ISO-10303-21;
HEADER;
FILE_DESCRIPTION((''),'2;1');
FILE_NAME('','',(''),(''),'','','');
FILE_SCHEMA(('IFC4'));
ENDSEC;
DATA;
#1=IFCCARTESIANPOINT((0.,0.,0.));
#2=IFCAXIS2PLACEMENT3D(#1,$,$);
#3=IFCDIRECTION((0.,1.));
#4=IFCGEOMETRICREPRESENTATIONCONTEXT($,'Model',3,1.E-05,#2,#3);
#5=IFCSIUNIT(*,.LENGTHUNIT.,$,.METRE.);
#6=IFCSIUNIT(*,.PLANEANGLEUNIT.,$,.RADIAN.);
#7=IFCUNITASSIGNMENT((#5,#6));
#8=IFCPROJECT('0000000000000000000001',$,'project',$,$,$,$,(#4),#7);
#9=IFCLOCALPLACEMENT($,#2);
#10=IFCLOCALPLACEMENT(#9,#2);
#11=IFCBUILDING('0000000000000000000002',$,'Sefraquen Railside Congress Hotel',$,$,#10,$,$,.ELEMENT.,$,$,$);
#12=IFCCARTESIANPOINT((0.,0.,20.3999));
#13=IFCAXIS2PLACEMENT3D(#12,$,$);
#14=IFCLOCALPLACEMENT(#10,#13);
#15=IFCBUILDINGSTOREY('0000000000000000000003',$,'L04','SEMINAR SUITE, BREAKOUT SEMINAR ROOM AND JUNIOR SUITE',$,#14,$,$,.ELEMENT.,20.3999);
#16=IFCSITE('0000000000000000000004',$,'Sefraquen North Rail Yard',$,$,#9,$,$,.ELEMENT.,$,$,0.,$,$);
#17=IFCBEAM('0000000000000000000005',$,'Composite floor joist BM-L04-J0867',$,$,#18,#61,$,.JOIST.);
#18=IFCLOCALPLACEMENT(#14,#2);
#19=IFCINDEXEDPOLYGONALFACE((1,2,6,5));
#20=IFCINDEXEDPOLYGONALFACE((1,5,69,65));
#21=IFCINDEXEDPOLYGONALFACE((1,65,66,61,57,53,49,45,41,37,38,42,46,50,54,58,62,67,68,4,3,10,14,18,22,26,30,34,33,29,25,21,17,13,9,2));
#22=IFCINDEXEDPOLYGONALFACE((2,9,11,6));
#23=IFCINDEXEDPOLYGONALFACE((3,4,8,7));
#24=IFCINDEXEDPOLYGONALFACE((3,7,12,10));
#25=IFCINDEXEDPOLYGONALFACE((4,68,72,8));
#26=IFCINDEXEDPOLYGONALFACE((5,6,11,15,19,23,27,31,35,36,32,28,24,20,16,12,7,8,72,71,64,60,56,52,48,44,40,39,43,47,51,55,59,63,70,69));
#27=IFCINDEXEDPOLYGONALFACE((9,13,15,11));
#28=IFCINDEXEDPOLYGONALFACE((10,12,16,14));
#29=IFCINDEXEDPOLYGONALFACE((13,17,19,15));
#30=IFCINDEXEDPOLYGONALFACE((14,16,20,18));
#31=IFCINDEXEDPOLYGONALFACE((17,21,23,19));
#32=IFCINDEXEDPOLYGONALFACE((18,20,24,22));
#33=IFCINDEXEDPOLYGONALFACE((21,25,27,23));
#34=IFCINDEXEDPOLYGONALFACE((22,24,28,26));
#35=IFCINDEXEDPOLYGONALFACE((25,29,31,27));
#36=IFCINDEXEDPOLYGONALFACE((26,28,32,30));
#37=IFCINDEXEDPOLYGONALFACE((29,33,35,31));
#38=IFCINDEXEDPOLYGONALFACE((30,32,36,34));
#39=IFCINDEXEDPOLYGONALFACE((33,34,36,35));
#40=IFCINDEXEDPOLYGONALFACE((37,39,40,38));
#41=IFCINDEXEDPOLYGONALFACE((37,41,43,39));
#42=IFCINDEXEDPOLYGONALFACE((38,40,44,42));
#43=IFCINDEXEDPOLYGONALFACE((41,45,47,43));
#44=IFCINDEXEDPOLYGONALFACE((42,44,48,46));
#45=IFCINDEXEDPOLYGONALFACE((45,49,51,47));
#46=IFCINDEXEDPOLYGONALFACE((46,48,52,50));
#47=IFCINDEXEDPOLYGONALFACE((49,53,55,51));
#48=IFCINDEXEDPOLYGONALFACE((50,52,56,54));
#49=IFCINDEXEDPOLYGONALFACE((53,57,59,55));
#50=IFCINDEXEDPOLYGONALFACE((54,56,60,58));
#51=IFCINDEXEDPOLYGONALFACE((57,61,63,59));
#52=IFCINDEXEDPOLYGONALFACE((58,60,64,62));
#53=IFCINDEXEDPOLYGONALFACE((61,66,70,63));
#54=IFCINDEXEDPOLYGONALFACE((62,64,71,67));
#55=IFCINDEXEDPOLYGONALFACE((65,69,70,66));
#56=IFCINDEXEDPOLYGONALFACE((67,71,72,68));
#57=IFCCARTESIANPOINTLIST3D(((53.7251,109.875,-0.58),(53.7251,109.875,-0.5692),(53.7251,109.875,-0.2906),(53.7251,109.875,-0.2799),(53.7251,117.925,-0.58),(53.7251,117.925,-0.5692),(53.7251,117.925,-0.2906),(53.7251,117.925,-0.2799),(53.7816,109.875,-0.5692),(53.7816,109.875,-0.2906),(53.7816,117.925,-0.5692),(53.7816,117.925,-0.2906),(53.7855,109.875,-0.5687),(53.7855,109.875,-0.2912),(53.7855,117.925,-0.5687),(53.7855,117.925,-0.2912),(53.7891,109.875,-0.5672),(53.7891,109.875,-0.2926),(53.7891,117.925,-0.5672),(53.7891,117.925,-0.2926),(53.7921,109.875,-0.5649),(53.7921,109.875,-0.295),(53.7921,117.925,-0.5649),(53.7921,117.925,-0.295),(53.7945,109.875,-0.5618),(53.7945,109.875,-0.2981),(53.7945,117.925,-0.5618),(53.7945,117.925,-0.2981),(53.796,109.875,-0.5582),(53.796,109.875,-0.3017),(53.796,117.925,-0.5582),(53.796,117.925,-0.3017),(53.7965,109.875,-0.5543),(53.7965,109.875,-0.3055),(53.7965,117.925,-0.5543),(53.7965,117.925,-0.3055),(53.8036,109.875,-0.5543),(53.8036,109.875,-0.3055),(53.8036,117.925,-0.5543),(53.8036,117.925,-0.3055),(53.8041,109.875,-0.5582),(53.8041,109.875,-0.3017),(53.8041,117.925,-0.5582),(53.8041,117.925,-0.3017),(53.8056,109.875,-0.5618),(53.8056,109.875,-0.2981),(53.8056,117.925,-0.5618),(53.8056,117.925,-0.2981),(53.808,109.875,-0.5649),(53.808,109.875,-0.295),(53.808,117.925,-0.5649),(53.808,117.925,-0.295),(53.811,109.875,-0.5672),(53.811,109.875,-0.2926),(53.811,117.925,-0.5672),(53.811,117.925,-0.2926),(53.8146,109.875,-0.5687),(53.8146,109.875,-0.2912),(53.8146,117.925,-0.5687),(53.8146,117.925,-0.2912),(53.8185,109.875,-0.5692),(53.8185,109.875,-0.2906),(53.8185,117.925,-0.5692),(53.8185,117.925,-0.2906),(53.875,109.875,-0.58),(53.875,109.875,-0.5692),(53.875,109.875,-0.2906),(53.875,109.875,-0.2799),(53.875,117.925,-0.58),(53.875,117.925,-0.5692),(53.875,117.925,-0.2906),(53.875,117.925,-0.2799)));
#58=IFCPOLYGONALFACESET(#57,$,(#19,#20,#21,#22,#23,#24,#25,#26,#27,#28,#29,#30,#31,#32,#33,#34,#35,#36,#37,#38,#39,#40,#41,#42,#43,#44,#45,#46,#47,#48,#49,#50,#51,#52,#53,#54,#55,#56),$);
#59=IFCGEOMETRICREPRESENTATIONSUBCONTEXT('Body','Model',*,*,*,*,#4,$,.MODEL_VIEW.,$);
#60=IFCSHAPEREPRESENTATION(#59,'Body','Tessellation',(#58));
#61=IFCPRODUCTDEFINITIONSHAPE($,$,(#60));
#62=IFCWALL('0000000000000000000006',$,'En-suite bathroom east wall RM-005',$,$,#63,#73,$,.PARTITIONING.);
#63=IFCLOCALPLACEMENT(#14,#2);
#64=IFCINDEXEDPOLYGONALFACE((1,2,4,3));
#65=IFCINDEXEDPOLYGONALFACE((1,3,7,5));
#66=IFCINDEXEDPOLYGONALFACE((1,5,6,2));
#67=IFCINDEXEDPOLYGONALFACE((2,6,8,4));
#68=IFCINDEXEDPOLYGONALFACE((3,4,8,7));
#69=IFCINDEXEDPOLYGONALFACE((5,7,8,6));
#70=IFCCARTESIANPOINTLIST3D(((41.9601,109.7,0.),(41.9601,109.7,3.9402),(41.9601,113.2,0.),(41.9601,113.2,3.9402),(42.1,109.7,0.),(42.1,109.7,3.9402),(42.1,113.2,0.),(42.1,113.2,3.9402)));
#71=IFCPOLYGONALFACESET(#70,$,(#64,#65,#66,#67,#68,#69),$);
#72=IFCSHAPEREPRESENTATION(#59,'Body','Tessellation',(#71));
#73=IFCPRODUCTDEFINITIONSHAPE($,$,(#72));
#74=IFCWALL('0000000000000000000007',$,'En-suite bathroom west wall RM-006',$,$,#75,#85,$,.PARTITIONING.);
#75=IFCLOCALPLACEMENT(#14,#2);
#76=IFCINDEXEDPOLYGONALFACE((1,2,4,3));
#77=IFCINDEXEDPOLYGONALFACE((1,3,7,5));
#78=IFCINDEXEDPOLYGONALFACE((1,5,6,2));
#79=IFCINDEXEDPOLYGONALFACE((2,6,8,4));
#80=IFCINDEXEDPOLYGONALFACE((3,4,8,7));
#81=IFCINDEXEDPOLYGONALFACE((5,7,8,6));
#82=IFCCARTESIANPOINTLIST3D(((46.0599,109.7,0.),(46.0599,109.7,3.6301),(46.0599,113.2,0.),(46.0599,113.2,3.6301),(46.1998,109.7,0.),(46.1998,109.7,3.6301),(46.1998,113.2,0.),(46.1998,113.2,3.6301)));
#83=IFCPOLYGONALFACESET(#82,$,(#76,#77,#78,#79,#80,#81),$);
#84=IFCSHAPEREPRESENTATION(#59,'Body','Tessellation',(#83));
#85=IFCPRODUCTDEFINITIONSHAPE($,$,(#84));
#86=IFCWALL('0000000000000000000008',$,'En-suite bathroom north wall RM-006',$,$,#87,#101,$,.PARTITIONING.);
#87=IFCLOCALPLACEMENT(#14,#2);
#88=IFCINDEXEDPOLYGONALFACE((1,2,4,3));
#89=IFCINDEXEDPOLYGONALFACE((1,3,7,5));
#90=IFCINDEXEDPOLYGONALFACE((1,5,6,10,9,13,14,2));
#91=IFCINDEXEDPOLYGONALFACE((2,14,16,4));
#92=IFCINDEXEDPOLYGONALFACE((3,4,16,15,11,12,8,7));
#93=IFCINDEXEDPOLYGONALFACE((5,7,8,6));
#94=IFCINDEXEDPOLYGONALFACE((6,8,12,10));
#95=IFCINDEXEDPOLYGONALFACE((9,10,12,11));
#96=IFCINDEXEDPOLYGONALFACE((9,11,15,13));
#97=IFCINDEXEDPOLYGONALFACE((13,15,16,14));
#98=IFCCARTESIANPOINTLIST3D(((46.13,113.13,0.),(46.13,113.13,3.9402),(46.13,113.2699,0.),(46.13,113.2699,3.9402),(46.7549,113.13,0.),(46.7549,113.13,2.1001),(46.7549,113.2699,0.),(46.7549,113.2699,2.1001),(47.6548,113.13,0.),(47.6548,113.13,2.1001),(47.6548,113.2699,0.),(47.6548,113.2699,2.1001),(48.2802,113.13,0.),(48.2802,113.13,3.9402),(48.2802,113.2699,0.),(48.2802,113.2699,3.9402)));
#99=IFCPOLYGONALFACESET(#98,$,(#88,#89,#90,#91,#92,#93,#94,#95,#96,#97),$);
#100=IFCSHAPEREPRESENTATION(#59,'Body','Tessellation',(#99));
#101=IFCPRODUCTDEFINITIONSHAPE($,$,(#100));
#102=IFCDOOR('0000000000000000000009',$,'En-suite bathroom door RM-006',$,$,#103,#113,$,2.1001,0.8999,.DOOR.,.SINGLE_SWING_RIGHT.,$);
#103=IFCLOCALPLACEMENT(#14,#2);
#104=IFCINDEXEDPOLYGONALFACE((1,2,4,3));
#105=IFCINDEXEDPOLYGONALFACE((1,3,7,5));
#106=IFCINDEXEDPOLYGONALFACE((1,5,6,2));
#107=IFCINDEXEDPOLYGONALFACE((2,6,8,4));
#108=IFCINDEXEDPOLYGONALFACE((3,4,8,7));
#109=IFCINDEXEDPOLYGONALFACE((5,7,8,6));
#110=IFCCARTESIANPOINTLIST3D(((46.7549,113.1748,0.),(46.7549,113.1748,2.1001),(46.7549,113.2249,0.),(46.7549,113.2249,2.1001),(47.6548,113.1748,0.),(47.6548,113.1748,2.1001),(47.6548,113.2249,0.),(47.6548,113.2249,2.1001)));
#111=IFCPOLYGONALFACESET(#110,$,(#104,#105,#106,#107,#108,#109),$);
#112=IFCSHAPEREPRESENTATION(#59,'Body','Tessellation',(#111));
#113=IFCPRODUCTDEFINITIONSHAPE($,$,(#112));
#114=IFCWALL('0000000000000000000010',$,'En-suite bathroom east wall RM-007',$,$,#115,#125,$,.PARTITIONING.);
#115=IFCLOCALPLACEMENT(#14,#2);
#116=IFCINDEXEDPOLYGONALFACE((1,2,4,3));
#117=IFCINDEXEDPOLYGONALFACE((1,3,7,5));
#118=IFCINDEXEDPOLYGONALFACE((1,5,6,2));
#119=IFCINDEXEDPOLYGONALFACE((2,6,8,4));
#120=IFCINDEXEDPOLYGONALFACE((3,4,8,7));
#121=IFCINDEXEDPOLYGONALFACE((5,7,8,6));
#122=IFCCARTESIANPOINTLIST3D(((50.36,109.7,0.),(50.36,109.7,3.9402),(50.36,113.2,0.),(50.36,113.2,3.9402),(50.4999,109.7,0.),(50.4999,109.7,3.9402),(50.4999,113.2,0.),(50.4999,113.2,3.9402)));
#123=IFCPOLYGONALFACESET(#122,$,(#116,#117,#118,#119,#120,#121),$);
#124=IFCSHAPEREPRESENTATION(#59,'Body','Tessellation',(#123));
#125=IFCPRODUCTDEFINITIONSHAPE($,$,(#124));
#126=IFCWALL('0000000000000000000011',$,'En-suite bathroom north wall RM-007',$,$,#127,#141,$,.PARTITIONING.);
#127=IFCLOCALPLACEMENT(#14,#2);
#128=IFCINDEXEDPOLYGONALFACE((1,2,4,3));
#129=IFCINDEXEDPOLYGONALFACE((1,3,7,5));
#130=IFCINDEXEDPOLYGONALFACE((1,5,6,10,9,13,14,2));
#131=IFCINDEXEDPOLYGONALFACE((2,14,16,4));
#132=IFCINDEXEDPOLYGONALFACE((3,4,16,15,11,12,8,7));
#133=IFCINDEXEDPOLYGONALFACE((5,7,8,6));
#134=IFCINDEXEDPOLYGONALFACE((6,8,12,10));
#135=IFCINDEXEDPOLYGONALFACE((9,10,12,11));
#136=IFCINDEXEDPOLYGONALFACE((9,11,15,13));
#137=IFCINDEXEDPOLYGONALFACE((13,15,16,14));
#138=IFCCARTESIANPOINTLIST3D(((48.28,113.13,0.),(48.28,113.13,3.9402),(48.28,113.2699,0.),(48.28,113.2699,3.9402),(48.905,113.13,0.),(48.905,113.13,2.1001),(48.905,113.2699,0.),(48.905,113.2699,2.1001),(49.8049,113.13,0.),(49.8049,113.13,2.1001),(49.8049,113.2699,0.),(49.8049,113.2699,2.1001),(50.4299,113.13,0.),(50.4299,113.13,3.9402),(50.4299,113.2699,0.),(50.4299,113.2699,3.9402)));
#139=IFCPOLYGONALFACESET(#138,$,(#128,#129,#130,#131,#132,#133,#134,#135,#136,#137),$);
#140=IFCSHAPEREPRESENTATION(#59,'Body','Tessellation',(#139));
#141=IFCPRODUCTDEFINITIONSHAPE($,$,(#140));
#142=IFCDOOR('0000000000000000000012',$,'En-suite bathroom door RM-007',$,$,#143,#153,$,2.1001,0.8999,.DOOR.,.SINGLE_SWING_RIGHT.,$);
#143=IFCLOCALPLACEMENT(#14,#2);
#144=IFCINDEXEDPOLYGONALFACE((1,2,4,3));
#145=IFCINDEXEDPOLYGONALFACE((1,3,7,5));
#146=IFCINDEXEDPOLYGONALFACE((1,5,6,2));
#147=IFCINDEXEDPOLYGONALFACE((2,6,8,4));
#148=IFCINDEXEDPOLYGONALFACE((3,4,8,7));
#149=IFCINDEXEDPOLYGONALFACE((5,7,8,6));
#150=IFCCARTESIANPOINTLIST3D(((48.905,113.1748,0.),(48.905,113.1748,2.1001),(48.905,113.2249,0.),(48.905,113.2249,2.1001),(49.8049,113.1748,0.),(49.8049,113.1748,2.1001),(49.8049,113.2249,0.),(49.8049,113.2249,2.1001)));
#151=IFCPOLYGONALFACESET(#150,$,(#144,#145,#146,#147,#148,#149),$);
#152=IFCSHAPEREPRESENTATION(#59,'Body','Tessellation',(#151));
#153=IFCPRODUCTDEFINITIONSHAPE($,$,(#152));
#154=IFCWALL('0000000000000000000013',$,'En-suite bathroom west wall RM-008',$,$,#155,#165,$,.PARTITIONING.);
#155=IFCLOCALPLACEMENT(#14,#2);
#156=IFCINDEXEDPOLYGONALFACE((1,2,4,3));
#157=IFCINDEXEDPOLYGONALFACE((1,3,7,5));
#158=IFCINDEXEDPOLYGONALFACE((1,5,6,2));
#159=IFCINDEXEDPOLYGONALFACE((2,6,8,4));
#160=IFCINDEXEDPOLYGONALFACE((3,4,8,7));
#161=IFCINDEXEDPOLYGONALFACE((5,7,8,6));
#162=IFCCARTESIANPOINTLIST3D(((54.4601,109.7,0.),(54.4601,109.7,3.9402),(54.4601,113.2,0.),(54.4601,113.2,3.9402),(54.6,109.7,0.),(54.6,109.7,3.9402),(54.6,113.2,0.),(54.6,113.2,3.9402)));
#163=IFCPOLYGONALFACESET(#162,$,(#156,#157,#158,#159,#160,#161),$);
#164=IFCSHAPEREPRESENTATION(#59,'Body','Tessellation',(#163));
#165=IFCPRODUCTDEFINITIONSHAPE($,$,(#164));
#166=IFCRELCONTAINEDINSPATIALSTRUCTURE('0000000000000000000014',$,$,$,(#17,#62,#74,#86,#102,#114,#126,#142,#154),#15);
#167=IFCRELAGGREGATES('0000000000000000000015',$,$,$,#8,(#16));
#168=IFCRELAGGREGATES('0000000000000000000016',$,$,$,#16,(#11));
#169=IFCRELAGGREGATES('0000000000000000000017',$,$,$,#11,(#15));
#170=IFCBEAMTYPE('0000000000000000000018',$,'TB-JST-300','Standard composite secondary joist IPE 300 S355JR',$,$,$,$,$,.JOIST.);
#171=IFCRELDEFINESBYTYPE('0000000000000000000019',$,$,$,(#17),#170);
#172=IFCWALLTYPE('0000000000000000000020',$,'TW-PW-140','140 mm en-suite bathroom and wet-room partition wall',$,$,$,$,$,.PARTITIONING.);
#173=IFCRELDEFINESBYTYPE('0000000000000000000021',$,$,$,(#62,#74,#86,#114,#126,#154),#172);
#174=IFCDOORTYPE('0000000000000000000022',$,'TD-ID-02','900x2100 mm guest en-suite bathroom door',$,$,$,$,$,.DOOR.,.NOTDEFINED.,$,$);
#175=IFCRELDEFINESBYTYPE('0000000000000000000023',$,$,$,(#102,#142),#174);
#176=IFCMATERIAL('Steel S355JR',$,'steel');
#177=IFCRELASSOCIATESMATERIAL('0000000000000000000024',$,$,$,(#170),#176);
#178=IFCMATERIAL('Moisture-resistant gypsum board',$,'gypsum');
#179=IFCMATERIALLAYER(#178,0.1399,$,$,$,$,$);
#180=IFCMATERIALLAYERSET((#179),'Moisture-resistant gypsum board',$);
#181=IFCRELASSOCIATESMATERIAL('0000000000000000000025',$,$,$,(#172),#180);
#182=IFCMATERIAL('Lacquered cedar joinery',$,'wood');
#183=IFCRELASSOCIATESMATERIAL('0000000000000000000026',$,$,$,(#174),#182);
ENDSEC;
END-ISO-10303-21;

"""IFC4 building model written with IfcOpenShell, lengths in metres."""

from ifc_helpers import new_model, si_unit, direction, frame, frame_2d, origin, origin_2d, place, context, subcontext, project, spatial, rectangle, i_section, extrude, material, layer, layer_set, material_profile, profile_set, type_object, element, fill, save


model = new_model("IFC4")

# Units and contexts
model_context = context("Model", 3, precision=1e-05, world=origin(), true_north=direction((0.0, 1.0)))
body_context = subcontext(model_context, "Body", "Model", "MODEL_VIEW")
ifc_project = project(units=[si_unit("LENGTHUNIT", "METRE"), si_unit("PLANEANGLEUNIT", "RADIAN")], contexts=[model_context])

# Site, building, storey
site_placement = place(None, origin())
site = spatial("IfcSite", under=ifc_project, at=site_placement, Name="Sefraquen North Rail Yard", CompositionType="ELEMENT", RefElevation=0.0)
building_placement = place(site_placement, origin())
building = spatial("IfcBuilding", under=site, at=building_placement, Name="Sefraquen Railside Congress Hotel", CompositionType="ELEMENT")
storey_placement = place(building_placement, frame((0.0, 0.0, 20.3999)))
storey = spatial("IfcBuildingStorey", under=building, at=storey_placement, Name="L04", Description="SEMINAR SUITE, BREAKOUT SEMINAR ROOM AND JUNIOR SUITE", CompositionType="ELEMENT", Elevation=20.3999)

# Shared definitions
ifc_material_1 = material(Name="Steel S355JR", Category="steel")

# Beam
ifc_material_profile_1 = material_profile(ifc_material_1, i_section(OverallWidth=0.1499, OverallDepth=0.3, WebThickness=0.0071, FlangeThickness=0.0107, FilletRadius=0.0149, at=origin_2d()), Name="IPE 300")
ifc_profile_set_1 = profile_set([ifc_material_profile_1], Name="Steel S355JR")
beam_type_1 = type_object("IfcBeamType", Name="TB-JST-300", Description="Standard composite secondary joist IPE 300 S355JR", PredefinedType="JOIST", material=ifc_profile_set_1)
for number, where, z_axis, x_axis, name in (
    (1, (53.8, 109.875, -0.4299), (0.0, 1.0, 0.0), (-1.0, 0.0, 0.0), "Composite floor joist BM-L04-J0867"),
):
    element("IfcBeam", number, at=place(storey_placement, frame(where, z_axis=z_axis, x_axis=x_axis)), inside=storey, type_object=beam_type_1, Name=name, PredefinedType="JOIST", context=body_context, shape_type="SweptSolid", body=[
        extrude(i_section(OverallWidth=0.1499, OverallDepth=0.3, WebThickness=0.0071, FlangeThickness=0.0107, FilletRadius=0.0149, at=origin_2d()), origin(), (0.0, 0.0, 1.0), 8.05),
    ])

# Walls
ifc_material_2 = material(Name="Moisture-resistant gypsum board", Category="gypsum")
ifc_layer_1 = layer(ifc_material_2, 0.1399)
ifc_layer_set_1 = layer_set([ifc_layer_1], Name="Moisture-resistant gypsum board")
wall_type_1 = type_object("IfcWallType", Name="TW-PW-140", Description="140 mm en-suite bathroom and wet-room partition wall", PredefinedType="PARTITIONING", material=ifc_layer_set_1)
wall_1_placement = place(storey_placement, frame((42.03, 109.7, 0.0), z_axis=(0.0, 0.0, 1.0), x_axis=(0.0, 1.0, 0.0)))
element("IfcWall", 2, at=wall_1_placement, inside=storey, type_object=wall_type_1, Name="En-suite bathroom east wall RM-005", PredefinedType="PARTITIONING", context=body_context, shape_type="SweptSolid", body=[
    extrude(rectangle(XDim=3.5, YDim=0.1399, at=frame_2d((1.75, 0.0))), origin(), (0.0, 0.0, 1.0), 3.9402),
])
wall_2_placement = place(storey_placement, frame((46.1299, 109.7, 0.0), z_axis=(0.0, 0.0, 1.0), x_axis=(0.0, 1.0, 0.0)))
element("IfcWall", 3, at=wall_2_placement, inside=storey, type_object=wall_type_1, Name="En-suite bathroom west wall RM-006", PredefinedType="PARTITIONING", context=body_context, shape_type="SweptSolid", body=[
    extrude(rectangle(XDim=3.5, YDim=0.1399, at=frame_2d((1.75, 0.0))), origin(), (0.0, 0.0, 1.0), 3.6301),
])

# Wall, opening, door
wall_3_placement = place(storey_placement, frame((46.1299, 113.2, 0.0), z_axis=(0.0, 0.0, 1.0), x_axis=(1.0, 0.0, 0.0)))
wall_3 = element("IfcWall", 4, at=wall_3_placement, inside=storey, type_object=wall_type_1, Name="En-suite bathroom north wall RM-006", PredefinedType="PARTITIONING", context=body_context, shape_type="SweptSolid", body=[
    extrude(rectangle(XDim=2.1501, YDim=0.1399, at=frame_2d((1.0752, 0.0))), origin(), (0.0, 0.0, 1.0), 3.9402),
])
opening_1_placement = place(wall_3_placement, frame((0.625, 0.0, 0.0)))
opening_1 = element("IfcOpeningElement", 5, at=opening_1_placement, cuts=wall_3, PredefinedType="OPENING", context=body_context, shape_type="SweptSolid", body=[
    extrude(rectangle(XDim=0.8999, YDim=2.1001, at=frame_2d((0.45, 1.05))), frame((0.0, 0.0798, 0.0), z_axis=(0.0, -1.0, 0.0), x_axis=(1.0, 0.0, 0.0)), (0.0, 0.0, 1.0), 0.1599),
])
ifc_material_3 = material(Name="Lacquered cedar joinery", Category="wood")
door_type = type_object("IfcDoorType", Name="TD-ID-02", Description="900x2100 mm guest en-suite bathroom door", OperationType="NOTDEFINED", PredefinedType="DOOR", material=ifc_material_3)
door_1_placement = place(opening_1_placement, origin())
door_1 = element("IfcDoor", 6, at=door_1_placement, inside=storey, type_object=door_type, Name="En-suite bathroom door RM-006", OperationType="SINGLE_SWING_RIGHT", OverallHeight=2.1001, OverallWidth=0.8999, PredefinedType="DOOR", context=body_context, shape_type="SweptSolid", body=[
    extrude(rectangle(XDim=0.8999, YDim=2.1001, at=frame_2d((0.45, 1.05))), frame((0.0, 0.0249, 0.0), z_axis=(0.0, -1.0, 0.0), x_axis=(1.0, 0.0, 0.0)), (0.0, 0.0, 1.0), 0.05),
])
fill(opening_1, door_1)

# Wall
wall_4_placement = place(storey_placement, frame((50.4299, 109.7, 0.0), z_axis=(0.0, 0.0, 1.0), x_axis=(0.0, 1.0, 0.0)))
element("IfcWall", 7, at=wall_4_placement, inside=storey, type_object=wall_type_1, Name="En-suite bathroom east wall RM-007", PredefinedType="PARTITIONING", context=body_context, shape_type="SweptSolid", body=[
    extrude(rectangle(XDim=3.5, YDim=0.1399, at=frame_2d((1.75, 0.0))), origin(), (0.0, 0.0, 1.0), 3.9402),
])

# Wall, opening, door
wall_5_placement = place(storey_placement, frame((48.28, 113.2, 0.0), z_axis=(0.0, 0.0, 1.0), x_axis=(1.0, 0.0, 0.0)))
wall_5 = element("IfcWall", 8, at=wall_5_placement, inside=storey, type_object=wall_type_1, Name="En-suite bathroom north wall RM-007", PredefinedType="PARTITIONING", context=body_context, shape_type="SweptSolid", body=[
    extrude(rectangle(XDim=2.1499, YDim=0.1399, at=frame_2d((1.075, 0.0))), origin(), (0.0, 0.0, 1.0), 3.9402),
])
opening_2_placement = place(wall_5_placement, frame((0.625, 0.0, 0.0)))
opening_2 = element("IfcOpeningElement", 9, at=opening_2_placement, cuts=wall_5, PredefinedType="OPENING", context=body_context, shape_type="SweptSolid", body=[
    extrude(rectangle(XDim=0.8999, YDim=2.1001, at=frame_2d((0.45, 1.05))), frame((0.0, 0.0798, 0.0), z_axis=(0.0, -1.0, 0.0), x_axis=(1.0, 0.0, 0.0)), (0.0, 0.0, 1.0), 0.1599),
])
door_2_placement = place(opening_2_placement, origin())
door_2 = element("IfcDoor", 10, at=door_2_placement, inside=storey, type_object=door_type, Name="En-suite bathroom door RM-007", OperationType="SINGLE_SWING_RIGHT", OverallHeight=2.1001, OverallWidth=0.8999, PredefinedType="DOOR", context=body_context, shape_type="SweptSolid", body=[
    extrude(rectangle(XDim=0.8999, YDim=2.1001, at=frame_2d((0.45, 1.05))), frame((0.0, 0.0249, 0.0), z_axis=(0.0, -1.0, 0.0), x_axis=(1.0, 0.0, 0.0)), (0.0, 0.0, 1.0), 0.05),
])
fill(opening_2, door_2)

# Wall
wall_6_placement = place(storey_placement, frame((54.53, 109.7, 0.0), z_axis=(0.0, 0.0, 1.0), x_axis=(0.0, 1.0, 0.0)))
element("IfcWall", 11, at=wall_6_placement, inside=storey, type_object=wall_type_1, Name="En-suite bathroom west wall RM-008", PredefinedType="PARTITIONING", context=body_context, shape_type="SweptSolid", body=[
    extrude(rectangle(XDim=3.5, YDim=0.1399, at=frame_2d((1.75, 0.0))), origin(), (0.0, 0.0, 1.0), 3.9402),
])

save(model, "model.ifc")
